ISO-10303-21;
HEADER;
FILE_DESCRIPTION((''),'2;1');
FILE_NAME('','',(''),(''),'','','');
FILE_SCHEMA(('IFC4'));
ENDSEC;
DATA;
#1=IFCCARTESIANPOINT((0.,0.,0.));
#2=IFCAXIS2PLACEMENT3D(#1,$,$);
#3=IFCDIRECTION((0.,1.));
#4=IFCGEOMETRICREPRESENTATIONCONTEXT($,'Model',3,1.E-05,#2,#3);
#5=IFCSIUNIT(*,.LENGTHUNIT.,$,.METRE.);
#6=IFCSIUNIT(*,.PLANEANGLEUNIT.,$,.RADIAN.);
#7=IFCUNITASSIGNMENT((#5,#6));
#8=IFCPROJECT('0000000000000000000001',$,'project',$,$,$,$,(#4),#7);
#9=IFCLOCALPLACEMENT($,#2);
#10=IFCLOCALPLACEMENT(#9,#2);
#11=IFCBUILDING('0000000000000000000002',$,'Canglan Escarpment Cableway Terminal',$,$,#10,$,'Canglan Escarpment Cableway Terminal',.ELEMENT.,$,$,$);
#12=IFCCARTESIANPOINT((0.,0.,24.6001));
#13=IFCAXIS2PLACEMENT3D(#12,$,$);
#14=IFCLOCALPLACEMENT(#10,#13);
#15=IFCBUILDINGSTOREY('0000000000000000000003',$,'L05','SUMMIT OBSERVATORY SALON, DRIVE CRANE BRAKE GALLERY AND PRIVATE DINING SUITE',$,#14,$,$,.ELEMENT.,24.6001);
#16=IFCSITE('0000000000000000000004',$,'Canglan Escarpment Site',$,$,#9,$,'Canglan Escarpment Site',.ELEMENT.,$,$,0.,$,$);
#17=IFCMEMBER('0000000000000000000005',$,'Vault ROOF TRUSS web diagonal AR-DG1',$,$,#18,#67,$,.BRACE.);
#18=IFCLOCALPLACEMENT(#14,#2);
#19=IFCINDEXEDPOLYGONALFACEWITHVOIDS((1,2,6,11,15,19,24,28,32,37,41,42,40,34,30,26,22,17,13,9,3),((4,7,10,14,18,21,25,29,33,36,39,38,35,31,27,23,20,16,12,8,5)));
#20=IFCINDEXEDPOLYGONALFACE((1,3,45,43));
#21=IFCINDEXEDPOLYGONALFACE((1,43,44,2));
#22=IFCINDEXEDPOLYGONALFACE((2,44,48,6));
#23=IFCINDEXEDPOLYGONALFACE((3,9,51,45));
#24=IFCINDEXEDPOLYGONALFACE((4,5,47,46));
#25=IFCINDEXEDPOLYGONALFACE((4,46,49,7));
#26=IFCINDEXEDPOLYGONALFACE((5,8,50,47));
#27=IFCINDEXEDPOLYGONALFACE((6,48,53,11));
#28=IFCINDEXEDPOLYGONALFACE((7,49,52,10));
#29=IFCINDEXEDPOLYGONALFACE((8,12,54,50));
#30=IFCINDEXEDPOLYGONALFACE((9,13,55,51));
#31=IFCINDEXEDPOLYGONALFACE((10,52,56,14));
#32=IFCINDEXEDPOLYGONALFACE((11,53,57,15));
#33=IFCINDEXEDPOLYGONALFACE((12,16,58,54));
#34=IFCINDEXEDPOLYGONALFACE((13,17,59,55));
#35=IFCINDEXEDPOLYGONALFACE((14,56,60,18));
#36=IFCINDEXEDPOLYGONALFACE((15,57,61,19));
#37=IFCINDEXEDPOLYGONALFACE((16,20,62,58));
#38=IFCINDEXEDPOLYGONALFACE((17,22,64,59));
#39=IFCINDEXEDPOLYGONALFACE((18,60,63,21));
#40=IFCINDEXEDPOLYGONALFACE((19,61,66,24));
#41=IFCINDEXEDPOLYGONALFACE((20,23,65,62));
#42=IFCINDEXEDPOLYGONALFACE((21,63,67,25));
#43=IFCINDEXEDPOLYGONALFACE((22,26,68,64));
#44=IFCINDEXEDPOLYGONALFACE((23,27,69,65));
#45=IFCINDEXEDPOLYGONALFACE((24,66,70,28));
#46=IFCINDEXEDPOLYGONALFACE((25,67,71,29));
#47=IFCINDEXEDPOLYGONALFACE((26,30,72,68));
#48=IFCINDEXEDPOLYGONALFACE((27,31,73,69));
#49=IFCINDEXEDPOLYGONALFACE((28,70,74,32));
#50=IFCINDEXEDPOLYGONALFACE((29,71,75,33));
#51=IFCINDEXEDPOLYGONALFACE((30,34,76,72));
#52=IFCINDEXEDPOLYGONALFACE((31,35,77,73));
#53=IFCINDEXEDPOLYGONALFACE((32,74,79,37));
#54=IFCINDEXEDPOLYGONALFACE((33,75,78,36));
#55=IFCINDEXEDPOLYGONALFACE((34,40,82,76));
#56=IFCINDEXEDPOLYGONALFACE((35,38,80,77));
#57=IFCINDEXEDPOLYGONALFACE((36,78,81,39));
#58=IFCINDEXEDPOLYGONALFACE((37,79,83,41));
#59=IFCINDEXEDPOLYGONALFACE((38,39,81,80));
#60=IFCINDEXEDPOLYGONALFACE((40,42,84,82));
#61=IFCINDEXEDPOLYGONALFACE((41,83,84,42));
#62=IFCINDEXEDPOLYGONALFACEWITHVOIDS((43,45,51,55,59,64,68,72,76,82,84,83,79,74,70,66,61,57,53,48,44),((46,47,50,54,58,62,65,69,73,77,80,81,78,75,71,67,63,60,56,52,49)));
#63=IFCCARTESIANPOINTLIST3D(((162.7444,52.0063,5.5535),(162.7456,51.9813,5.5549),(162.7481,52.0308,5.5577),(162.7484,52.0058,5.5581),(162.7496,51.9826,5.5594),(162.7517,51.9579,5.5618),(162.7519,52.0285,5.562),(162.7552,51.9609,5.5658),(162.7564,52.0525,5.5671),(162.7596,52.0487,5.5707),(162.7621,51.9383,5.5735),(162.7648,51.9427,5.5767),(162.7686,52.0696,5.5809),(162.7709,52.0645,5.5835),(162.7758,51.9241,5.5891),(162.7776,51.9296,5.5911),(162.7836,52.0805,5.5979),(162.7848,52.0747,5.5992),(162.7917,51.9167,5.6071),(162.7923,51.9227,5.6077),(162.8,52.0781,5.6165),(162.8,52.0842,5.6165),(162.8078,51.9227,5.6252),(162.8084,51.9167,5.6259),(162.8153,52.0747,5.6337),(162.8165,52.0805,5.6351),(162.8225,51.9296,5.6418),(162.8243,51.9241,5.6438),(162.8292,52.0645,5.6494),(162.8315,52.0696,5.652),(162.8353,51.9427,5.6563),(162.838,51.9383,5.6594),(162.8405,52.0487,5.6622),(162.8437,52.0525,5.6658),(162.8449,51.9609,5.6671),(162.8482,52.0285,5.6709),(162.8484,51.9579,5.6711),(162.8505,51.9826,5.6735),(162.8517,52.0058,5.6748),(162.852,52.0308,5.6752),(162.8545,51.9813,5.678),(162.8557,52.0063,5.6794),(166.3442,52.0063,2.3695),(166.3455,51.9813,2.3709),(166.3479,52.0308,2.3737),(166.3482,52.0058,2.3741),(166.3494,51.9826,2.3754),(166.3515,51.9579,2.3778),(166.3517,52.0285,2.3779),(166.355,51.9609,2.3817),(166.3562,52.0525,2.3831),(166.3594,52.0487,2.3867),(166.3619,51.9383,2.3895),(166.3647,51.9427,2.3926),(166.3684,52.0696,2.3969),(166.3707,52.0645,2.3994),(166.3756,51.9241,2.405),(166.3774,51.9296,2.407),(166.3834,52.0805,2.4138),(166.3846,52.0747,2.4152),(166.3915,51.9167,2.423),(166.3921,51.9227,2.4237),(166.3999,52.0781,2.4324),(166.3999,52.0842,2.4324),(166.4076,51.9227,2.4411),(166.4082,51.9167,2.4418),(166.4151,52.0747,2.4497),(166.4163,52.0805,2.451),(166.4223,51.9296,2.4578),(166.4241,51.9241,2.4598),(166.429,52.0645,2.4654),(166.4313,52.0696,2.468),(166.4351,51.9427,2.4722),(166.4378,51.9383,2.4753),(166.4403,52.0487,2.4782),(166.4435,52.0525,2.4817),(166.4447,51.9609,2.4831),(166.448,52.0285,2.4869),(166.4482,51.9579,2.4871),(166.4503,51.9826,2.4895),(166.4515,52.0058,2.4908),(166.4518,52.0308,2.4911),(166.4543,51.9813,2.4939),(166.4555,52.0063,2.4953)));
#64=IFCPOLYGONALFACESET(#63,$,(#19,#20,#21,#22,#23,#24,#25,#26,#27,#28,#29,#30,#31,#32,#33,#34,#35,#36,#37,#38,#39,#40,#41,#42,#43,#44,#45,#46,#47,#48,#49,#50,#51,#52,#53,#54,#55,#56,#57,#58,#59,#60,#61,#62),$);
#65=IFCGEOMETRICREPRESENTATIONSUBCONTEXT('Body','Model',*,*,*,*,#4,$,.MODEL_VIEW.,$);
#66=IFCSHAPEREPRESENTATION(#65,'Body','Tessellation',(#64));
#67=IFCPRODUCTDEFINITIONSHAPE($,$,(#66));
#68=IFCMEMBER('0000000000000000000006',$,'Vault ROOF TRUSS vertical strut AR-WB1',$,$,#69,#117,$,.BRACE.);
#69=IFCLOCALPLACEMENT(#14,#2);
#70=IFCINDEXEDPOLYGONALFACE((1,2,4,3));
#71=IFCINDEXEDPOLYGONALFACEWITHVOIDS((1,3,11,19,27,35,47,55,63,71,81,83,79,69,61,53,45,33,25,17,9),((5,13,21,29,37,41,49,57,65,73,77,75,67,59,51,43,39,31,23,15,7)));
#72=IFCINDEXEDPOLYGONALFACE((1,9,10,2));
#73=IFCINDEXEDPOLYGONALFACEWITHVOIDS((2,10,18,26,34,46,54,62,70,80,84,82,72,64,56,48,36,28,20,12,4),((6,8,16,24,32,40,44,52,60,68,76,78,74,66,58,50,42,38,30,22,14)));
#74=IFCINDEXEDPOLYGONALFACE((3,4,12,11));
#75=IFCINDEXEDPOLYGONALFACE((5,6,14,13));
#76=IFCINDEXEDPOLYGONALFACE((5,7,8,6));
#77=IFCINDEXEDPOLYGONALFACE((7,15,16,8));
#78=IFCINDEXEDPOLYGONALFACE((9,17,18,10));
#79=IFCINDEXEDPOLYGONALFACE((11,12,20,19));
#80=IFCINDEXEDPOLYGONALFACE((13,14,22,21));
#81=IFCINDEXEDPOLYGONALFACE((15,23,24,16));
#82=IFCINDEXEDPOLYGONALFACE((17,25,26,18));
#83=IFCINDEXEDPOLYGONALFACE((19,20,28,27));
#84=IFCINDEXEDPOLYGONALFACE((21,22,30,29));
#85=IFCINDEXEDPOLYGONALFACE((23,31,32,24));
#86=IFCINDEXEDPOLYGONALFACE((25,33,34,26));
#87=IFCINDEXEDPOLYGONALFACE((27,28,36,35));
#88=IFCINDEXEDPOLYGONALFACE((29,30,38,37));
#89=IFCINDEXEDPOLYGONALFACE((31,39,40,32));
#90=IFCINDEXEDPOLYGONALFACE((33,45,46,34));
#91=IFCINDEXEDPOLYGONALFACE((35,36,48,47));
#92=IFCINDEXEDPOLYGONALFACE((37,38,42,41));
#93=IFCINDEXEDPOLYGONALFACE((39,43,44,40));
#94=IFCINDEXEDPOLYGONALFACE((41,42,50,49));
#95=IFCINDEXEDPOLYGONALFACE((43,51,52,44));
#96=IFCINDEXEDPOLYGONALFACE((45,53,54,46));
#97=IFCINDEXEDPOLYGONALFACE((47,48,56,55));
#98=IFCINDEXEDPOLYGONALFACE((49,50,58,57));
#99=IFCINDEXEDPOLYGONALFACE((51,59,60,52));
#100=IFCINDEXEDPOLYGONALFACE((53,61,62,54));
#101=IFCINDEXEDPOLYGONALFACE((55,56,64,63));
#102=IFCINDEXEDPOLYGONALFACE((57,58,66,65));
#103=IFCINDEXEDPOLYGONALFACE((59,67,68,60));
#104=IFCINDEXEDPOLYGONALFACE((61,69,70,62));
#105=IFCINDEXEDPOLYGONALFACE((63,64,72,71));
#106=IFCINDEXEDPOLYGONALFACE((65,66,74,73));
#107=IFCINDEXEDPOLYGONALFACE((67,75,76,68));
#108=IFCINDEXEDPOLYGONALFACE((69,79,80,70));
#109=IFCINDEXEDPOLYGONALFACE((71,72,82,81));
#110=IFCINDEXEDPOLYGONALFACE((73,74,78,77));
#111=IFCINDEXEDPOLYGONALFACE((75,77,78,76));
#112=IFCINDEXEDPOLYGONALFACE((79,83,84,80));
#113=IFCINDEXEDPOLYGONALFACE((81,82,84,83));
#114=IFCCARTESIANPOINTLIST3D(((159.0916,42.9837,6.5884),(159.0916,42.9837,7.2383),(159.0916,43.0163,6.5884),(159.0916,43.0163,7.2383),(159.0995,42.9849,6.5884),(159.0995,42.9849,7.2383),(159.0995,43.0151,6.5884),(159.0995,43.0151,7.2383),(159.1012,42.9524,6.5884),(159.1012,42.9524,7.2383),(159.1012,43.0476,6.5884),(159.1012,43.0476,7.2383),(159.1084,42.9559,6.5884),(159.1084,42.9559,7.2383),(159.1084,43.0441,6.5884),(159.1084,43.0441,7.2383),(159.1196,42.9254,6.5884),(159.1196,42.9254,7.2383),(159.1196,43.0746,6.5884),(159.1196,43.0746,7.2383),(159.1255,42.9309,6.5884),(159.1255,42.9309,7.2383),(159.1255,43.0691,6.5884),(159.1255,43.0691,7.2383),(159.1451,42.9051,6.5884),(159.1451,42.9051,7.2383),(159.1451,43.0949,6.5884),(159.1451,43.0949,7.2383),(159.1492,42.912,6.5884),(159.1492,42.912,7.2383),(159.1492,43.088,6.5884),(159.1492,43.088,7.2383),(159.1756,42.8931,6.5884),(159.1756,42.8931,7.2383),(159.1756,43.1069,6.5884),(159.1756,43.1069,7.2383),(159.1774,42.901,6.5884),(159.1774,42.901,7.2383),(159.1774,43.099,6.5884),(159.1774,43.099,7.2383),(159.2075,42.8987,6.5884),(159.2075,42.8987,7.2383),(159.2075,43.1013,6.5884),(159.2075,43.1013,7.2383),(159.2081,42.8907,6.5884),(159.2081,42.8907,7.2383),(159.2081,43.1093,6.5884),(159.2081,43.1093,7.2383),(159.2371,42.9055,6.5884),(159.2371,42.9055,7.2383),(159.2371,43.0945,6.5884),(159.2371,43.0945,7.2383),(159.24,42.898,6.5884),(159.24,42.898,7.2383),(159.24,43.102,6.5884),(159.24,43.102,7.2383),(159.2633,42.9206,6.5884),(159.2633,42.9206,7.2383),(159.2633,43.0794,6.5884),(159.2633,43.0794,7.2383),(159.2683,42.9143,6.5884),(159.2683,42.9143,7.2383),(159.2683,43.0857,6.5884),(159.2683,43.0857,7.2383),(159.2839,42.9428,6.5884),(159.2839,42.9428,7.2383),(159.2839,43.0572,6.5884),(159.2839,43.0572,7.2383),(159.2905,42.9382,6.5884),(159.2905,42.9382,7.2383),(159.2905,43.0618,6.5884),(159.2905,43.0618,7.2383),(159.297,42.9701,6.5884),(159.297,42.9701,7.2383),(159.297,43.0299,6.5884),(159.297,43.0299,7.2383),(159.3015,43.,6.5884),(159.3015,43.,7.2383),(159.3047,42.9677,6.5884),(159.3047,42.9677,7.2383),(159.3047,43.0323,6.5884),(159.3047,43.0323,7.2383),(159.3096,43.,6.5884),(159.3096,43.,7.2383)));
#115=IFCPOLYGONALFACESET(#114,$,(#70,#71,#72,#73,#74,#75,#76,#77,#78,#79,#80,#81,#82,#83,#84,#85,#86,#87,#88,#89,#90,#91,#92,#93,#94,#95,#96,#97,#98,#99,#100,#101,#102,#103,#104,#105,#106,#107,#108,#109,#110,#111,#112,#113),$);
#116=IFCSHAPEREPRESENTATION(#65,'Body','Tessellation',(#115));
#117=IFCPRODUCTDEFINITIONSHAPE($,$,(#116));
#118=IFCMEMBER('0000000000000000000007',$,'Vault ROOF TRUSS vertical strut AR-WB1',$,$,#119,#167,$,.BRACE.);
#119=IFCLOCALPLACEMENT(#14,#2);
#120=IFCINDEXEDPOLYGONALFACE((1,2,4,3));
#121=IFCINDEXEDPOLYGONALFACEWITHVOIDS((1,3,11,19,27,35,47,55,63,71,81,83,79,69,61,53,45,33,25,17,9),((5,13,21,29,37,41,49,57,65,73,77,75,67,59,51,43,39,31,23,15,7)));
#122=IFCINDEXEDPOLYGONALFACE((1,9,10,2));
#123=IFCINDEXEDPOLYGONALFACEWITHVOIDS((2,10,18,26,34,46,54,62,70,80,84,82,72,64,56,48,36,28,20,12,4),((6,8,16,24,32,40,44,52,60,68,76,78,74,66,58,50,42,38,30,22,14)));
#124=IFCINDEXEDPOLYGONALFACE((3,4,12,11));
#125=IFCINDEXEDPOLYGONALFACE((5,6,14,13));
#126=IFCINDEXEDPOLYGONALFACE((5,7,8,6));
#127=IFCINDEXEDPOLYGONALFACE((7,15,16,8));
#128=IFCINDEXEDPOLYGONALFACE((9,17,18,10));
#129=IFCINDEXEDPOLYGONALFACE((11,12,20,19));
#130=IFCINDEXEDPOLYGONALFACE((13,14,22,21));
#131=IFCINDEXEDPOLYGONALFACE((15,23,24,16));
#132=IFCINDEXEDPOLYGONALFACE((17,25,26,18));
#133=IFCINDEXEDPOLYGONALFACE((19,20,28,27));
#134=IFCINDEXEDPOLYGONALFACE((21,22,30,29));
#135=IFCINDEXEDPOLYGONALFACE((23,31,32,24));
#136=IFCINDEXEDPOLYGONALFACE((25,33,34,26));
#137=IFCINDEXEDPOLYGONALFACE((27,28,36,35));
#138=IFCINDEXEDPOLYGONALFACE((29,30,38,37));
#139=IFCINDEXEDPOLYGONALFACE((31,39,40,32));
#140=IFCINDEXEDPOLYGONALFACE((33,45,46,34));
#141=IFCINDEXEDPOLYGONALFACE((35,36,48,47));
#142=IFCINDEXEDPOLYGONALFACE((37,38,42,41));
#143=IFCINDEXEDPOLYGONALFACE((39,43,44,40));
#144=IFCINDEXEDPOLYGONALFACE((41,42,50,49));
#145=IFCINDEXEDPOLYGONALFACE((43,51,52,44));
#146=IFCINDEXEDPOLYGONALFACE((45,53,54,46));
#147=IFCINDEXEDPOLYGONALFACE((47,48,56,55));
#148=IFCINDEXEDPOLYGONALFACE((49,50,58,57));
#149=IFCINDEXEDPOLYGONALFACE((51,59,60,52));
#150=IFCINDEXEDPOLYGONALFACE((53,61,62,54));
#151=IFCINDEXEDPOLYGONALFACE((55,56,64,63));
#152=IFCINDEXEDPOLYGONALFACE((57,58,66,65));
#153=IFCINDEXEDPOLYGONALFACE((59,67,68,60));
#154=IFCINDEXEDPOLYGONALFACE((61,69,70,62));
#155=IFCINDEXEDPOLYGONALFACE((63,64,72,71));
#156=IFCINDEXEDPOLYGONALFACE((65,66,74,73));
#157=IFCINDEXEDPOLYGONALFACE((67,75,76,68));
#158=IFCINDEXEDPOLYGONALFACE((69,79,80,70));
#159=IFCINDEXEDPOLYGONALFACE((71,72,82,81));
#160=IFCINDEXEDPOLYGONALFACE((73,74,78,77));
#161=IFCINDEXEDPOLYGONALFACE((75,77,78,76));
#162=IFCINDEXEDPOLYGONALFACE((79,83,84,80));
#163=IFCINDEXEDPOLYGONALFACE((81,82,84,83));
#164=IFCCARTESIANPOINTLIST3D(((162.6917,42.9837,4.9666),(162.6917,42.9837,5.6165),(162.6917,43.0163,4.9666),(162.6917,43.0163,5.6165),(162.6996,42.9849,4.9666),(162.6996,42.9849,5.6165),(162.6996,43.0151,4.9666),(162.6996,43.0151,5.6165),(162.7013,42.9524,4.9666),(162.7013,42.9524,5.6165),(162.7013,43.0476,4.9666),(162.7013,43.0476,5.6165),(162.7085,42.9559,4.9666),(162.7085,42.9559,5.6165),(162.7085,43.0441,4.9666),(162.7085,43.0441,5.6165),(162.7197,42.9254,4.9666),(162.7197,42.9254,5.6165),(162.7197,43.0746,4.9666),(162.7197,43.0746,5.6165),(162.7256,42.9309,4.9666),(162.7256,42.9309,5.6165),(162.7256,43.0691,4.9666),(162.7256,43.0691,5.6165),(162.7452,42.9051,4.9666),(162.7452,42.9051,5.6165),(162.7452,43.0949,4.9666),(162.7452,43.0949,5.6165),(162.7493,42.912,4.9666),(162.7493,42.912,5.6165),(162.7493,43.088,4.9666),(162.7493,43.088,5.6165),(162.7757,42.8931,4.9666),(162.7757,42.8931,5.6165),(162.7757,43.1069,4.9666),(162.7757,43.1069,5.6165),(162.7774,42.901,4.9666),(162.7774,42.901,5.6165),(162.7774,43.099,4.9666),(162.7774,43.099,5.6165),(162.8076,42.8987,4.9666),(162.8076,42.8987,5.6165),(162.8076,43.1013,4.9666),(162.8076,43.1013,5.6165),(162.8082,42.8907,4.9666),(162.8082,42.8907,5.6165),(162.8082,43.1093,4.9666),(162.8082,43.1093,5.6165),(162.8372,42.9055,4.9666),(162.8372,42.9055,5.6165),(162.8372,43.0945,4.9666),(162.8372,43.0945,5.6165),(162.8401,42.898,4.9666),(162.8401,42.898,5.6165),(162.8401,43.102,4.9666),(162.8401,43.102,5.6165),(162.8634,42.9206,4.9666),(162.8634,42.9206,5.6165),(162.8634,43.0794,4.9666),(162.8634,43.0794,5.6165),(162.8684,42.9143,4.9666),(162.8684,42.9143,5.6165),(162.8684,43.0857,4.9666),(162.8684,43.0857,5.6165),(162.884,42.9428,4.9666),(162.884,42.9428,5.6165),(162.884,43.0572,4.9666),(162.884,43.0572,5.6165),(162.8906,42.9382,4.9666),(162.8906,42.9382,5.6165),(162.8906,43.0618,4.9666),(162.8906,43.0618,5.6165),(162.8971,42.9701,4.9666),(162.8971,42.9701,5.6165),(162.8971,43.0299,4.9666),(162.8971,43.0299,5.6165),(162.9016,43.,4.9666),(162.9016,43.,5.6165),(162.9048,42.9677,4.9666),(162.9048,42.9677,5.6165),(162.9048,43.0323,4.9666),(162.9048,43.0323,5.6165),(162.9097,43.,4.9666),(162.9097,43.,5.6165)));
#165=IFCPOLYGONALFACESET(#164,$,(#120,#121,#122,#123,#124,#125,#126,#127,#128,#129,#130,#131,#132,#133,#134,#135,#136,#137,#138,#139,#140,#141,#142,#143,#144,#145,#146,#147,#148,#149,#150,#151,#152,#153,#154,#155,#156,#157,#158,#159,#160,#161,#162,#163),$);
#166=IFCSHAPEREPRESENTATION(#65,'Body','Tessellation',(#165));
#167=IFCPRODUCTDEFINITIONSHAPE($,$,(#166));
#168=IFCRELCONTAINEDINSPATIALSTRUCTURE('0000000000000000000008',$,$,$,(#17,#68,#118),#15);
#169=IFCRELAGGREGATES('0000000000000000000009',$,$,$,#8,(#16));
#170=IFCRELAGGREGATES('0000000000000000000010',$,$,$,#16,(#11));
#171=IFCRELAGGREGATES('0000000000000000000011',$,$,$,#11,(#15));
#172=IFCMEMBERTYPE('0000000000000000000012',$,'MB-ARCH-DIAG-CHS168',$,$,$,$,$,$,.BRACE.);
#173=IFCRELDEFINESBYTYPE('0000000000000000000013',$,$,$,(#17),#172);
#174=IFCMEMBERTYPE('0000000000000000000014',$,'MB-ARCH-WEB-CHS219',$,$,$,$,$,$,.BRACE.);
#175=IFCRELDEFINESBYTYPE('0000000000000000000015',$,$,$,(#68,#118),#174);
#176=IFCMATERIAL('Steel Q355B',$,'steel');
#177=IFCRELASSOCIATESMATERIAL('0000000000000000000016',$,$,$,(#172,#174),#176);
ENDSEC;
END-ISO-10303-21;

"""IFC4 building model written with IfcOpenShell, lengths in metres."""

from ifc_helpers import new_model, si_unit, direction, frame, origin, origin_2d, place, context, subcontext, project, spatial, hollow_circle, extrude, material, material_profile, profile_set, type_object, element, save


model = new_model("IFC4")

# Units and contexts
model_context = context("Model", 3, precision=1e-05, world=origin(), true_north=direction((0.0, 1.0)))
body_context = subcontext(model_context, "Body", "Model", "MODEL_VIEW")
ifc_project = project(units=[si_unit("LENGTHUNIT", "METRE"), si_unit("PLANEANGLEUNIT", "RADIAN")], contexts=[model_context])

# Site, building, storey
site_placement = place(None, origin())
site = spatial("IfcSite", under=ifc_project, at=site_placement, Name="Canglan Escarpment Site", LongName="Canglan Escarpment Site", CompositionType="ELEMENT", RefElevation=0.0)
building_placement = place(site_placement, origin())
building = spatial("IfcBuilding", under=site, at=building_placement, Name="Canglan Escarpment Cableway Terminal", LongName="Canglan Escarpment Cableway Terminal", CompositionType="ELEMENT")
storey_placement = place(building_placement, frame((0.0, 0.0, 24.6001)))
storey = spatial("IfcBuildingStorey", under=building, at=storey_placement, Name="L05", Description="SUMMIT OBSERVATORY SALON, DRIVE CRANE BRAKE GALLERY AND PRIVATE DINING SUITE", CompositionType="ELEMENT", Elevation=24.6001)

# Shared definitions
ifc_material_1 = material(Name="Steel Q355B", Category="steel")

# Members
ifc_material_profile_1 = material_profile(ifc_material_1, hollow_circle(Radius=0.0842, WallThickness=0.0061, at=origin_2d()), Name="CHS 168.3x6")
ifc_profile_set_1 = profile_set([ifc_material_profile_1], Name="Steel Q355B")
member_type_1 = type_object("IfcMemberType", Name="MB-ARCH-DIAG-CHS168", PredefinedType="BRACE", material=ifc_profile_set_1)
member_1_placement = place(storey_placement, frame((162.8, 52.0, 5.6165), z_axis=(0.749038, 0.0, -0.662527), x_axis=(0.0, 1.0, 0.0)))
element("IfcMember", 1, at=member_1_placement, inside=storey, type_object=member_type_1, Name="Vault ROOF TRUSS web diagonal AR-DG1", PredefinedType="BRACE", context=body_context, shape_type="SweptSolid", body=[
    extrude(hollow_circle(Radius=0.0842, WallThickness=0.0061, at=origin_2d()), origin(), (0.0, 0.0, 1.0), 4.8059),
])
ifc_material_profile_2 = material_profile(ifc_material_1, hollow_circle(Radius=0.1096, WallThickness=0.0081, at=origin_2d()), Name="CHS 219.1x8")
ifc_profile_set_2 = profile_set([ifc_material_profile_2], Name="Steel Q355B")
member_type_2 = type_object("IfcMemberType", Name="MB-ARCH-WEB-CHS219", PredefinedType="BRACE", material=ifc_profile_set_2)
for number, where, z_axis, x_axis, name in (
    (2, (159.2, 43.0, 6.5884), (0.0, 0.0, 1.0), (1.0, 0.0, 0.0), "Vault ROOF TRUSS vertical strut AR-WB1"),
    (3, (162.8, 43.0, 4.9666), (0.0, 0.0, 1.0), (1.0, 0.0, 0.0), "Vault ROOF TRUSS vertical strut AR-WB1"),
):
    element("IfcMember", number, at=place(storey_placement, frame(where, z_axis=z_axis, x_axis=x_axis)), inside=storey, type_object=member_type_2, Name=name, PredefinedType="BRACE", context=body_context, shape_type="SweptSolid", body=[
        extrude(hollow_circle(Radius=0.1096, WallThickness=0.0081, at=origin_2d()), origin(), (0.0, 0.0, 1.0), 0.6499),
    ])

save(model, "model.ifc")
